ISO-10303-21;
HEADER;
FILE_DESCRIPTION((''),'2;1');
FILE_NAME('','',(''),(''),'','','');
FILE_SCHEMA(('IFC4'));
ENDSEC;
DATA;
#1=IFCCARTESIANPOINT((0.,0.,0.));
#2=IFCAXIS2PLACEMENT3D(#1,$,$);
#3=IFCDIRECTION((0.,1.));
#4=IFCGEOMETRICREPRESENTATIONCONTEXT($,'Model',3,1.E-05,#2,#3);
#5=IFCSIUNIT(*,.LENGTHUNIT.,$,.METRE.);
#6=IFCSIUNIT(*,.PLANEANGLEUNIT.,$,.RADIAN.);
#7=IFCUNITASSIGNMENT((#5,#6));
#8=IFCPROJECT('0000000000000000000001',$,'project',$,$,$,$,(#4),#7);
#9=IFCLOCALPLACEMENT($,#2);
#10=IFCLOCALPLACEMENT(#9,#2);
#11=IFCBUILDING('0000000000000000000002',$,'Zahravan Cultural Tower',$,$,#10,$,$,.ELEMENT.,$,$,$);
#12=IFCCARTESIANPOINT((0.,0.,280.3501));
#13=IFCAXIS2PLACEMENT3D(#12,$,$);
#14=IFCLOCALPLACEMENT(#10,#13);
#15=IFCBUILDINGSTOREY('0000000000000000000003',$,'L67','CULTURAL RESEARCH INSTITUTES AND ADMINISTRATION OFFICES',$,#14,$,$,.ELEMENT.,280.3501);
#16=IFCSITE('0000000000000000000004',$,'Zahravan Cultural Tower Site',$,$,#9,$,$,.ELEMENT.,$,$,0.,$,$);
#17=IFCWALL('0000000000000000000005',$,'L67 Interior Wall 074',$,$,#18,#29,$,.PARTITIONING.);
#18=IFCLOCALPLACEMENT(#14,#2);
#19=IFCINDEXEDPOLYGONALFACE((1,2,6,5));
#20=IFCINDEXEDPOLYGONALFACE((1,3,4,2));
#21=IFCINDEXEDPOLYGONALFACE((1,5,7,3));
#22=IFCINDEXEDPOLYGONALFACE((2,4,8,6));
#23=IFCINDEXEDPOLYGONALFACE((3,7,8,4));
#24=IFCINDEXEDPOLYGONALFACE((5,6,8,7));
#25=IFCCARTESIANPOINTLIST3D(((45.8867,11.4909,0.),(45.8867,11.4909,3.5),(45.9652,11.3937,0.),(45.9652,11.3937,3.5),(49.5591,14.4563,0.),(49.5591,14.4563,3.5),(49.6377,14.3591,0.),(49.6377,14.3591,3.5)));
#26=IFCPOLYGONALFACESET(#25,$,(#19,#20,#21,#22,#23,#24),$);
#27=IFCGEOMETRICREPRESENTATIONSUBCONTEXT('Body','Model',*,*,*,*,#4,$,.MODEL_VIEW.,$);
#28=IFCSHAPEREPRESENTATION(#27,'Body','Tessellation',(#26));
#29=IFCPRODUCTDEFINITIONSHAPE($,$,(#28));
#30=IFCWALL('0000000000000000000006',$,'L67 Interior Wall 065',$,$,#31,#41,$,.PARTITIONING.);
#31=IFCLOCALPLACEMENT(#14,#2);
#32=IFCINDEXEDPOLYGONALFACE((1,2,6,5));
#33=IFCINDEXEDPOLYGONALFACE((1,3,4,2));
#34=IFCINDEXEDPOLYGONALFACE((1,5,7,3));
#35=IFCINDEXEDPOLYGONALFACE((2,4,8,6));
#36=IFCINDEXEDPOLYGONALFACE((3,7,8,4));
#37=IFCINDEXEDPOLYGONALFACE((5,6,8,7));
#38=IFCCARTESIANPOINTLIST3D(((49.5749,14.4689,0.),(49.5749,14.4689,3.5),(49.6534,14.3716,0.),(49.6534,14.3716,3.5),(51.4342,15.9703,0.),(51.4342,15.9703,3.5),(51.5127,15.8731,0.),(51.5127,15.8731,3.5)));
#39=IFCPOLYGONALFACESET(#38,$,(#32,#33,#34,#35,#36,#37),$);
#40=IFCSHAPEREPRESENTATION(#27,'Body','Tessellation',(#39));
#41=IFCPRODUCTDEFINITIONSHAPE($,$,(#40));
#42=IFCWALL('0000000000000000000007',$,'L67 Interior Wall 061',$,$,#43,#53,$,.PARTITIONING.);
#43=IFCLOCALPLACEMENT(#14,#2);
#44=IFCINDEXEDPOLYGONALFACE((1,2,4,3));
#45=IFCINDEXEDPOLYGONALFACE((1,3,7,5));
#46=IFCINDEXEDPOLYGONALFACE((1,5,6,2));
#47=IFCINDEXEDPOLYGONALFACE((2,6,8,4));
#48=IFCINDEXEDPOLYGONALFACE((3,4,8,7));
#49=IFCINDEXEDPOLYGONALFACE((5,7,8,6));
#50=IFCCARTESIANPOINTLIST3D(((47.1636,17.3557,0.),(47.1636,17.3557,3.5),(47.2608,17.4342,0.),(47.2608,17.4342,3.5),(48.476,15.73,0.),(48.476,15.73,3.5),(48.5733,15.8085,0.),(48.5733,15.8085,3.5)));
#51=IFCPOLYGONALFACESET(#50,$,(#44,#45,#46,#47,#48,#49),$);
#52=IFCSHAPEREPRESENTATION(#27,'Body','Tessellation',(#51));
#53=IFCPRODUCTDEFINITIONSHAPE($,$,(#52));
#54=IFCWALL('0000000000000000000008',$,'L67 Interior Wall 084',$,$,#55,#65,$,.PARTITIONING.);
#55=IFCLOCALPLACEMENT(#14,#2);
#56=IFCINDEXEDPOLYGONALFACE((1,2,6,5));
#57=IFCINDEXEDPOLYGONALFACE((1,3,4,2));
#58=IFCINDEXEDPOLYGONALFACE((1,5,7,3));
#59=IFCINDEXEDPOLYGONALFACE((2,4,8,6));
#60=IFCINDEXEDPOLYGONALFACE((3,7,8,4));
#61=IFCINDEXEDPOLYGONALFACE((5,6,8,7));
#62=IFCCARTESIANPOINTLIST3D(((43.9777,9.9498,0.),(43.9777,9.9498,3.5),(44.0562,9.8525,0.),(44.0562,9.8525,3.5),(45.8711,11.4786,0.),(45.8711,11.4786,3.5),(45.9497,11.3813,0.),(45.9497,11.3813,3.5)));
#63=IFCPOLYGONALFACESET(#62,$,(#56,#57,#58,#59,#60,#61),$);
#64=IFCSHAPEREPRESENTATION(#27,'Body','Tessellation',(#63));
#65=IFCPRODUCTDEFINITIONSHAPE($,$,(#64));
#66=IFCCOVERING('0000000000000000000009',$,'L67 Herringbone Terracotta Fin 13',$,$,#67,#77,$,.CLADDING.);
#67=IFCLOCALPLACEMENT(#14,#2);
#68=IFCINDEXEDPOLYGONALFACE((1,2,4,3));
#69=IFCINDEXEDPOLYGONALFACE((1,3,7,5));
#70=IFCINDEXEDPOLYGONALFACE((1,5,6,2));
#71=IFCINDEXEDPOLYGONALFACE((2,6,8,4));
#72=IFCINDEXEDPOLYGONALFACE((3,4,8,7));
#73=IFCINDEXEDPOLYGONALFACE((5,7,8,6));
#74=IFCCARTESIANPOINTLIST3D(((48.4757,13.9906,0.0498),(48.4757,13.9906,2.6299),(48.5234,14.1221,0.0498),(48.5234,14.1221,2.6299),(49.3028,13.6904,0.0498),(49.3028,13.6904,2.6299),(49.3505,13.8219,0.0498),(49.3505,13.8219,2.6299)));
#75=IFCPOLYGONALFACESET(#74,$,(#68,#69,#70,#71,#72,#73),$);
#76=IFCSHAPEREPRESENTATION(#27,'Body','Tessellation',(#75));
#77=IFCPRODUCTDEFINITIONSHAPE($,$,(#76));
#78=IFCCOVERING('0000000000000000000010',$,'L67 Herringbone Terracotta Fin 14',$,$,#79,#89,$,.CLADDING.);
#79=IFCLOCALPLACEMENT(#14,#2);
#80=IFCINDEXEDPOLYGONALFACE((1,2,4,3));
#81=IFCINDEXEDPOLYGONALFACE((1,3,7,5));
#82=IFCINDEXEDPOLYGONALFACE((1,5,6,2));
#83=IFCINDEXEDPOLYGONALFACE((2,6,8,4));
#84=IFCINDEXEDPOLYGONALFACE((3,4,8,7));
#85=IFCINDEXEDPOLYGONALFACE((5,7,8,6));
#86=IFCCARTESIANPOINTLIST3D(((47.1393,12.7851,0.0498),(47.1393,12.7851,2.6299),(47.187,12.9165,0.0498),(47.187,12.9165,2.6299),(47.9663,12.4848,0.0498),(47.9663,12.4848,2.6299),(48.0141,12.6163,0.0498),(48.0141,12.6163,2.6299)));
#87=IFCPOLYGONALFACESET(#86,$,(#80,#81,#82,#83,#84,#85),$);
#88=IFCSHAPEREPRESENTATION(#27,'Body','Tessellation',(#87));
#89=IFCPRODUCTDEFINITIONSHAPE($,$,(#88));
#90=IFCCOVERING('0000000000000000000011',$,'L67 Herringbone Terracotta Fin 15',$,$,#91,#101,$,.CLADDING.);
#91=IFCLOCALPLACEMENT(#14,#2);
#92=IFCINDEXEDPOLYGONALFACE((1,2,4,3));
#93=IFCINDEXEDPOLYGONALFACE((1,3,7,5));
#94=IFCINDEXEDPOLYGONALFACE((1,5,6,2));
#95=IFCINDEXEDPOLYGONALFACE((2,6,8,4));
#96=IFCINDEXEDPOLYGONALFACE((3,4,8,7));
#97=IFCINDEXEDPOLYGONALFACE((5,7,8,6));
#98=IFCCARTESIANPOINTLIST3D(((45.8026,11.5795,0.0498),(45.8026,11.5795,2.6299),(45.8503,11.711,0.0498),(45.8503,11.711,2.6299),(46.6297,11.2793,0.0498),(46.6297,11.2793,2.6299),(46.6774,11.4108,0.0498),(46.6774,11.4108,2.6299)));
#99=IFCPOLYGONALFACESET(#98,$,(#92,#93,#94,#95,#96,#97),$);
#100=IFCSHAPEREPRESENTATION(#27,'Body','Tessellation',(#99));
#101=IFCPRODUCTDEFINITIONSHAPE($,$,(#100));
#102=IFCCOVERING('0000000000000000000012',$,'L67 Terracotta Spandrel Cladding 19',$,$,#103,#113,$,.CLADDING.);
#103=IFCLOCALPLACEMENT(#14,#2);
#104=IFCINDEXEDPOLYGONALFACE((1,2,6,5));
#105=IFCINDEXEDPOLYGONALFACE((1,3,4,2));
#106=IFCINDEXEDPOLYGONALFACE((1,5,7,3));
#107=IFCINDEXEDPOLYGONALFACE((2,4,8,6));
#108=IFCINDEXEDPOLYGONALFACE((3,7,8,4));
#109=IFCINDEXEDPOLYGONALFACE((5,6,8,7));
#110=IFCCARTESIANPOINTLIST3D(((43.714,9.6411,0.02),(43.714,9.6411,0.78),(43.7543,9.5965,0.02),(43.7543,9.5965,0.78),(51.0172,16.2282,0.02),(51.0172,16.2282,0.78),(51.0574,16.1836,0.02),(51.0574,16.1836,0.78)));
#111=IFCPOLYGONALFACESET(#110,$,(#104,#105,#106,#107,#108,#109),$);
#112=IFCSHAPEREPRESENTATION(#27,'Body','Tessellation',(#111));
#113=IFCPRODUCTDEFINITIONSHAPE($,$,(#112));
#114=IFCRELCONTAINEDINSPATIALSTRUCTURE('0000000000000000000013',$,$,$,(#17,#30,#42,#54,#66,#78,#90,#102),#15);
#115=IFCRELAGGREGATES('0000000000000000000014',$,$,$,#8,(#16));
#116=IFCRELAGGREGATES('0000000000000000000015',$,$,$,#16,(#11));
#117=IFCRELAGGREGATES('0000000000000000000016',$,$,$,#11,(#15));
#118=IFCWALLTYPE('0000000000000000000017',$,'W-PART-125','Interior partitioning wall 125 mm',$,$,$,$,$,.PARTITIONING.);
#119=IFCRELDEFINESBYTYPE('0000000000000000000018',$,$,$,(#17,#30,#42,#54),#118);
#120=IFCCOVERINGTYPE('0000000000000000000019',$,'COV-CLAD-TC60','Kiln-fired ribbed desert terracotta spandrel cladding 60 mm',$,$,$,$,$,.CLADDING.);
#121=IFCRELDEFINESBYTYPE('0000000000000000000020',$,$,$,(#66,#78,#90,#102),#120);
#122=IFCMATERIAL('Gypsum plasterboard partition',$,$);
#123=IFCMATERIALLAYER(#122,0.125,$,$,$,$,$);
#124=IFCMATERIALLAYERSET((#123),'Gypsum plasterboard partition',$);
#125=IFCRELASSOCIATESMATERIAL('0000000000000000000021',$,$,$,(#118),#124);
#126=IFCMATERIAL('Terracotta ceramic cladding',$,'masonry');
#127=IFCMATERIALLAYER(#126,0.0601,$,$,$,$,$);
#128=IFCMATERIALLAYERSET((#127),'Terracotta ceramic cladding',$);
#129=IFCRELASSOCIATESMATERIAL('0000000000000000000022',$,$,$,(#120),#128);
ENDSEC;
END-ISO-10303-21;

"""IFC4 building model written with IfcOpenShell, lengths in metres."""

from ifc_helpers import new_model, si_unit, direction, frame, frame_2d, origin, origin_2d, place, context, subcontext, project, spatial, rectangle, extrude, source, transform, mapped, material, layer, layer_set, type_object, element, save


model = new_model("IFC4")

# Units and contexts
model_context = context("Model", 3, precision=1e-05, world=origin(), true_north=direction((0.0, 1.0)))
body_context = subcontext(model_context, "Body", "Model", "MODEL_VIEW")
ifc_project = project(units=[si_unit("LENGTHUNIT", "METRE"), si_unit("PLANEANGLEUNIT", "RADIAN")], contexts=[model_context])

# Site, building, storey
site_placement = place(None, origin())
site = spatial("IfcSite", under=ifc_project, at=site_placement, Name="Zahravan Cultural Tower Site", CompositionType="ELEMENT", RefElevation=0.0)
building_placement = place(site_placement, origin())
building = spatial("IfcBuilding", under=site, at=building_placement, Name="Zahravan Cultural Tower", CompositionType="ELEMENT")
storey_placement = place(building_placement, frame((0.0, 0.0, 280.3501)))
storey = spatial("IfcBuildingStorey", under=building, at=storey_placement, Name="L67", Description="CULTURAL RESEARCH INSTITUTES AND ADMINISTRATION OFFICES", CompositionType="ELEMENT", Elevation=280.3501)

# Shared definitions
ifc_material_1 = material(Name="Gypsum plasterboard partition")
ifc_layer_1 = layer(ifc_material_1, 0.125)
ifc_layer_set_1 = layer_set([ifc_layer_1], Name="Gypsum plasterboard partition")
wall_type_1 = type_object("IfcWallType", Name="W-PART-125", Description="Interior partitioning wall 125 mm", PredefinedType="PARTITIONING", material=ifc_layer_set_1)

# Walls
shared_shape_1 = source(origin(), body_context, "Body", "SweptSolid", [
    extrude(rectangle(XDim=4.7202, YDim=0.125, at=frame_2d((2.3601, 0.0))), origin(), (0.0, 0.0, 1.0), 3.5),
])
wall_1_placement = place(storey_placement, frame((49.5984, 14.4077, 0.0), z_axis=(0.0, 0.0, 1.0), x_axis=(-0.778025, -0.628234, 0.0)))
element("IfcWall", 1, at=wall_1_placement, inside=storey, type_object=wall_type_1, Name="L67 Interior Wall 074", PredefinedType="PARTITIONING", context=body_context, shape_type="MappedRepresentation", body=[
    mapped(shared_shape_1, transform((0.0, 0.0, 0.0), x_axis=(1.0, 0.0, 0.0), y_axis=(0.0, 1.0, 0.0), z_axis=(0.0, 0.0, 1.0), scale=1.0)),
])
shared_shape_2 = source(origin(), body_context, "Body", "SweptSolid", [
    extrude(rectangle(XDim=2.3899, YDim=0.125, at=frame_2d((1.1948, 0.0))), origin(), (0.0, 0.0, 1.0), 3.5),
])
wall_2_placement = place(storey_placement, frame((51.4734, 15.9216, 0.0), z_axis=(0.0, 0.0, 1.0), x_axis=(-0.77801, -0.628252, 0.0)))
element("IfcWall", 2, at=wall_2_placement, inside=storey, type_object=wall_type_1, Name="L67 Interior Wall 065", PredefinedType="PARTITIONING", context=body_context, shape_type="MappedRepresentation", body=[
    mapped(shared_shape_2, transform((0.0, 0.0, 0.0), x_axis=(1.0, 0.0, 0.0), y_axis=(0.0, 1.0, 0.0), z_axis=(0.0, 0.0, 1.0), scale=1.0)),
])
shared_shape_3 = source(origin(), body_context, "Body", "SweptSolid", [
    extrude(rectangle(XDim=2.0894, YDim=0.125, at=frame_2d((1.0447, 0.0))), origin(), (0.0, 0.0, 1.0), 3.5),
])
wall_3_placement = place(storey_placement, frame((48.5247, 15.7693, 0.0), z_axis=(0.0, 0.0, 1.0), x_axis=(-0.628166, 0.77808, 0.0)))
element("IfcWall", 3, at=wall_3_placement, inside=storey, type_object=wall_type_1, Name="L67 Interior Wall 061", PredefinedType="PARTITIONING", context=body_context, shape_type="MappedRepresentation", body=[
    mapped(shared_shape_3, transform((0.0, 0.0, 0.0), x_axis=(1.0, 0.0, 0.0), y_axis=(0.0, 1.0, 0.0), z_axis=(0.0, 0.0, 1.0), scale=1.0)),
])
shared_shape_4 = source(origin(), body_context, "Body", "SweptSolid", [
    extrude(rectangle(XDim=2.4336, YDim=0.125, at=frame_2d((1.2168, 0.0))), origin(), (0.0, 0.0, 1.0), 3.5),
])
wall_4_placement = place(storey_placement, frame((45.9104, 11.4299, 0.0), z_axis=(0.0, 0.0, 1.0), x_axis=(-0.778062, -0.628188, 0.0)))
element("IfcWall", 4, at=wall_4_placement, inside=storey, type_object=wall_type_1, Name="L67 Interior Wall 084", PredefinedType="PARTITIONING", context=body_context, shape_type="MappedRepresentation", body=[
    mapped(shared_shape_4, transform((0.0, 0.0, 0.0), x_axis=(1.0, 0.0, 0.0), y_axis=(0.0, 1.0, 0.0), z_axis=(0.0, 0.0, 1.0), scale=1.0)),
])

# Coverings
ifc_material_2 = material(Name="Terracotta ceramic cladding", Category="masonry")
ifc_layer_2 = layer(ifc_material_2, 0.0601)
ifc_layer_set_2 = layer_set([ifc_layer_2], Name="Terracotta ceramic cladding")
covering_type = type_object("IfcCoveringType", Name="COV-CLAD-TC60", Description="Kiln-fired ribbed desert terracotta spandrel cladding 60 mm", PredefinedType="CLADDING", material=ifc_layer_set_2)
shared_shape_5 = source(origin(), body_context, "Body", "SweptSolid", [
    extrude(rectangle(XDim=0.8799, YDim=0.1399, at=origin_2d()), origin(), (0.0, 0.0, 1.0), 2.5801),
])
for number, where, z_axis, x_axis, name in (
    (5, (48.9131, 13.9062, 0.0498), (0.0, 0.0, 1.0), (0.939985, -0.341216, 0.0), "L67 Herringbone Terracotta Fin 13"),
    (6, (47.5767, 12.7007, 0.0498), (0.0, 0.0, 1.0), (0.939985, -0.341216, 0.0), "L67 Herringbone Terracotta Fin 14"),
    (7, (46.24, 11.4951, 0.0498), (0.0, 0.0, 1.0), (0.939985, -0.341216, 0.0), "L67 Herringbone Terracotta Fin 15"),
):
    element("IfcCovering", number, at=place(storey_placement, frame(where, z_axis=z_axis, x_axis=x_axis)), inside=storey, type_object=covering_type, Name=name, PredefinedType="CLADDING", context=body_context, shape_type="MappedRepresentation", body=[
        mapped(shared_shape_5, transform((0.0, 0.0, 0.0), x_axis=(1.0, 0.0, 0.0), y_axis=(0.0, 1.0, 0.0), z_axis=(0.0, 0.0, 1.0), scale=1.0)),
    ])
shared_shape_6 = source(origin(), body_context, "Body", "SweptSolid", [
    extrude(rectangle(XDim=9.835, YDim=0.0601, at=origin_2d()), origin(), (0.0, 0.0, 1.0), 0.76),
])
covering_placement = place(storey_placement, frame((47.3857, 12.9124, 0.02), z_axis=(0.0, 0.0, 1.0), x_axis=(-0.742572, -0.669766, 0.0)))
element("IfcCovering", 8, at=covering_placement, inside=storey, type_object=covering_type, Name="L67 Terracotta Spandrel Cladding 19", PredefinedType="CLADDING", context=body_context, shape_type="MappedRepresentation", body=[
    mapped(shared_shape_6, transform((0.0, 0.0, 0.0), x_axis=(1.0, 0.0, 0.0), y_axis=(0.0, 1.0, 0.0), z_axis=(0.0, 0.0, 1.0), scale=1.0)),
])

save(model, "model.ifc")
